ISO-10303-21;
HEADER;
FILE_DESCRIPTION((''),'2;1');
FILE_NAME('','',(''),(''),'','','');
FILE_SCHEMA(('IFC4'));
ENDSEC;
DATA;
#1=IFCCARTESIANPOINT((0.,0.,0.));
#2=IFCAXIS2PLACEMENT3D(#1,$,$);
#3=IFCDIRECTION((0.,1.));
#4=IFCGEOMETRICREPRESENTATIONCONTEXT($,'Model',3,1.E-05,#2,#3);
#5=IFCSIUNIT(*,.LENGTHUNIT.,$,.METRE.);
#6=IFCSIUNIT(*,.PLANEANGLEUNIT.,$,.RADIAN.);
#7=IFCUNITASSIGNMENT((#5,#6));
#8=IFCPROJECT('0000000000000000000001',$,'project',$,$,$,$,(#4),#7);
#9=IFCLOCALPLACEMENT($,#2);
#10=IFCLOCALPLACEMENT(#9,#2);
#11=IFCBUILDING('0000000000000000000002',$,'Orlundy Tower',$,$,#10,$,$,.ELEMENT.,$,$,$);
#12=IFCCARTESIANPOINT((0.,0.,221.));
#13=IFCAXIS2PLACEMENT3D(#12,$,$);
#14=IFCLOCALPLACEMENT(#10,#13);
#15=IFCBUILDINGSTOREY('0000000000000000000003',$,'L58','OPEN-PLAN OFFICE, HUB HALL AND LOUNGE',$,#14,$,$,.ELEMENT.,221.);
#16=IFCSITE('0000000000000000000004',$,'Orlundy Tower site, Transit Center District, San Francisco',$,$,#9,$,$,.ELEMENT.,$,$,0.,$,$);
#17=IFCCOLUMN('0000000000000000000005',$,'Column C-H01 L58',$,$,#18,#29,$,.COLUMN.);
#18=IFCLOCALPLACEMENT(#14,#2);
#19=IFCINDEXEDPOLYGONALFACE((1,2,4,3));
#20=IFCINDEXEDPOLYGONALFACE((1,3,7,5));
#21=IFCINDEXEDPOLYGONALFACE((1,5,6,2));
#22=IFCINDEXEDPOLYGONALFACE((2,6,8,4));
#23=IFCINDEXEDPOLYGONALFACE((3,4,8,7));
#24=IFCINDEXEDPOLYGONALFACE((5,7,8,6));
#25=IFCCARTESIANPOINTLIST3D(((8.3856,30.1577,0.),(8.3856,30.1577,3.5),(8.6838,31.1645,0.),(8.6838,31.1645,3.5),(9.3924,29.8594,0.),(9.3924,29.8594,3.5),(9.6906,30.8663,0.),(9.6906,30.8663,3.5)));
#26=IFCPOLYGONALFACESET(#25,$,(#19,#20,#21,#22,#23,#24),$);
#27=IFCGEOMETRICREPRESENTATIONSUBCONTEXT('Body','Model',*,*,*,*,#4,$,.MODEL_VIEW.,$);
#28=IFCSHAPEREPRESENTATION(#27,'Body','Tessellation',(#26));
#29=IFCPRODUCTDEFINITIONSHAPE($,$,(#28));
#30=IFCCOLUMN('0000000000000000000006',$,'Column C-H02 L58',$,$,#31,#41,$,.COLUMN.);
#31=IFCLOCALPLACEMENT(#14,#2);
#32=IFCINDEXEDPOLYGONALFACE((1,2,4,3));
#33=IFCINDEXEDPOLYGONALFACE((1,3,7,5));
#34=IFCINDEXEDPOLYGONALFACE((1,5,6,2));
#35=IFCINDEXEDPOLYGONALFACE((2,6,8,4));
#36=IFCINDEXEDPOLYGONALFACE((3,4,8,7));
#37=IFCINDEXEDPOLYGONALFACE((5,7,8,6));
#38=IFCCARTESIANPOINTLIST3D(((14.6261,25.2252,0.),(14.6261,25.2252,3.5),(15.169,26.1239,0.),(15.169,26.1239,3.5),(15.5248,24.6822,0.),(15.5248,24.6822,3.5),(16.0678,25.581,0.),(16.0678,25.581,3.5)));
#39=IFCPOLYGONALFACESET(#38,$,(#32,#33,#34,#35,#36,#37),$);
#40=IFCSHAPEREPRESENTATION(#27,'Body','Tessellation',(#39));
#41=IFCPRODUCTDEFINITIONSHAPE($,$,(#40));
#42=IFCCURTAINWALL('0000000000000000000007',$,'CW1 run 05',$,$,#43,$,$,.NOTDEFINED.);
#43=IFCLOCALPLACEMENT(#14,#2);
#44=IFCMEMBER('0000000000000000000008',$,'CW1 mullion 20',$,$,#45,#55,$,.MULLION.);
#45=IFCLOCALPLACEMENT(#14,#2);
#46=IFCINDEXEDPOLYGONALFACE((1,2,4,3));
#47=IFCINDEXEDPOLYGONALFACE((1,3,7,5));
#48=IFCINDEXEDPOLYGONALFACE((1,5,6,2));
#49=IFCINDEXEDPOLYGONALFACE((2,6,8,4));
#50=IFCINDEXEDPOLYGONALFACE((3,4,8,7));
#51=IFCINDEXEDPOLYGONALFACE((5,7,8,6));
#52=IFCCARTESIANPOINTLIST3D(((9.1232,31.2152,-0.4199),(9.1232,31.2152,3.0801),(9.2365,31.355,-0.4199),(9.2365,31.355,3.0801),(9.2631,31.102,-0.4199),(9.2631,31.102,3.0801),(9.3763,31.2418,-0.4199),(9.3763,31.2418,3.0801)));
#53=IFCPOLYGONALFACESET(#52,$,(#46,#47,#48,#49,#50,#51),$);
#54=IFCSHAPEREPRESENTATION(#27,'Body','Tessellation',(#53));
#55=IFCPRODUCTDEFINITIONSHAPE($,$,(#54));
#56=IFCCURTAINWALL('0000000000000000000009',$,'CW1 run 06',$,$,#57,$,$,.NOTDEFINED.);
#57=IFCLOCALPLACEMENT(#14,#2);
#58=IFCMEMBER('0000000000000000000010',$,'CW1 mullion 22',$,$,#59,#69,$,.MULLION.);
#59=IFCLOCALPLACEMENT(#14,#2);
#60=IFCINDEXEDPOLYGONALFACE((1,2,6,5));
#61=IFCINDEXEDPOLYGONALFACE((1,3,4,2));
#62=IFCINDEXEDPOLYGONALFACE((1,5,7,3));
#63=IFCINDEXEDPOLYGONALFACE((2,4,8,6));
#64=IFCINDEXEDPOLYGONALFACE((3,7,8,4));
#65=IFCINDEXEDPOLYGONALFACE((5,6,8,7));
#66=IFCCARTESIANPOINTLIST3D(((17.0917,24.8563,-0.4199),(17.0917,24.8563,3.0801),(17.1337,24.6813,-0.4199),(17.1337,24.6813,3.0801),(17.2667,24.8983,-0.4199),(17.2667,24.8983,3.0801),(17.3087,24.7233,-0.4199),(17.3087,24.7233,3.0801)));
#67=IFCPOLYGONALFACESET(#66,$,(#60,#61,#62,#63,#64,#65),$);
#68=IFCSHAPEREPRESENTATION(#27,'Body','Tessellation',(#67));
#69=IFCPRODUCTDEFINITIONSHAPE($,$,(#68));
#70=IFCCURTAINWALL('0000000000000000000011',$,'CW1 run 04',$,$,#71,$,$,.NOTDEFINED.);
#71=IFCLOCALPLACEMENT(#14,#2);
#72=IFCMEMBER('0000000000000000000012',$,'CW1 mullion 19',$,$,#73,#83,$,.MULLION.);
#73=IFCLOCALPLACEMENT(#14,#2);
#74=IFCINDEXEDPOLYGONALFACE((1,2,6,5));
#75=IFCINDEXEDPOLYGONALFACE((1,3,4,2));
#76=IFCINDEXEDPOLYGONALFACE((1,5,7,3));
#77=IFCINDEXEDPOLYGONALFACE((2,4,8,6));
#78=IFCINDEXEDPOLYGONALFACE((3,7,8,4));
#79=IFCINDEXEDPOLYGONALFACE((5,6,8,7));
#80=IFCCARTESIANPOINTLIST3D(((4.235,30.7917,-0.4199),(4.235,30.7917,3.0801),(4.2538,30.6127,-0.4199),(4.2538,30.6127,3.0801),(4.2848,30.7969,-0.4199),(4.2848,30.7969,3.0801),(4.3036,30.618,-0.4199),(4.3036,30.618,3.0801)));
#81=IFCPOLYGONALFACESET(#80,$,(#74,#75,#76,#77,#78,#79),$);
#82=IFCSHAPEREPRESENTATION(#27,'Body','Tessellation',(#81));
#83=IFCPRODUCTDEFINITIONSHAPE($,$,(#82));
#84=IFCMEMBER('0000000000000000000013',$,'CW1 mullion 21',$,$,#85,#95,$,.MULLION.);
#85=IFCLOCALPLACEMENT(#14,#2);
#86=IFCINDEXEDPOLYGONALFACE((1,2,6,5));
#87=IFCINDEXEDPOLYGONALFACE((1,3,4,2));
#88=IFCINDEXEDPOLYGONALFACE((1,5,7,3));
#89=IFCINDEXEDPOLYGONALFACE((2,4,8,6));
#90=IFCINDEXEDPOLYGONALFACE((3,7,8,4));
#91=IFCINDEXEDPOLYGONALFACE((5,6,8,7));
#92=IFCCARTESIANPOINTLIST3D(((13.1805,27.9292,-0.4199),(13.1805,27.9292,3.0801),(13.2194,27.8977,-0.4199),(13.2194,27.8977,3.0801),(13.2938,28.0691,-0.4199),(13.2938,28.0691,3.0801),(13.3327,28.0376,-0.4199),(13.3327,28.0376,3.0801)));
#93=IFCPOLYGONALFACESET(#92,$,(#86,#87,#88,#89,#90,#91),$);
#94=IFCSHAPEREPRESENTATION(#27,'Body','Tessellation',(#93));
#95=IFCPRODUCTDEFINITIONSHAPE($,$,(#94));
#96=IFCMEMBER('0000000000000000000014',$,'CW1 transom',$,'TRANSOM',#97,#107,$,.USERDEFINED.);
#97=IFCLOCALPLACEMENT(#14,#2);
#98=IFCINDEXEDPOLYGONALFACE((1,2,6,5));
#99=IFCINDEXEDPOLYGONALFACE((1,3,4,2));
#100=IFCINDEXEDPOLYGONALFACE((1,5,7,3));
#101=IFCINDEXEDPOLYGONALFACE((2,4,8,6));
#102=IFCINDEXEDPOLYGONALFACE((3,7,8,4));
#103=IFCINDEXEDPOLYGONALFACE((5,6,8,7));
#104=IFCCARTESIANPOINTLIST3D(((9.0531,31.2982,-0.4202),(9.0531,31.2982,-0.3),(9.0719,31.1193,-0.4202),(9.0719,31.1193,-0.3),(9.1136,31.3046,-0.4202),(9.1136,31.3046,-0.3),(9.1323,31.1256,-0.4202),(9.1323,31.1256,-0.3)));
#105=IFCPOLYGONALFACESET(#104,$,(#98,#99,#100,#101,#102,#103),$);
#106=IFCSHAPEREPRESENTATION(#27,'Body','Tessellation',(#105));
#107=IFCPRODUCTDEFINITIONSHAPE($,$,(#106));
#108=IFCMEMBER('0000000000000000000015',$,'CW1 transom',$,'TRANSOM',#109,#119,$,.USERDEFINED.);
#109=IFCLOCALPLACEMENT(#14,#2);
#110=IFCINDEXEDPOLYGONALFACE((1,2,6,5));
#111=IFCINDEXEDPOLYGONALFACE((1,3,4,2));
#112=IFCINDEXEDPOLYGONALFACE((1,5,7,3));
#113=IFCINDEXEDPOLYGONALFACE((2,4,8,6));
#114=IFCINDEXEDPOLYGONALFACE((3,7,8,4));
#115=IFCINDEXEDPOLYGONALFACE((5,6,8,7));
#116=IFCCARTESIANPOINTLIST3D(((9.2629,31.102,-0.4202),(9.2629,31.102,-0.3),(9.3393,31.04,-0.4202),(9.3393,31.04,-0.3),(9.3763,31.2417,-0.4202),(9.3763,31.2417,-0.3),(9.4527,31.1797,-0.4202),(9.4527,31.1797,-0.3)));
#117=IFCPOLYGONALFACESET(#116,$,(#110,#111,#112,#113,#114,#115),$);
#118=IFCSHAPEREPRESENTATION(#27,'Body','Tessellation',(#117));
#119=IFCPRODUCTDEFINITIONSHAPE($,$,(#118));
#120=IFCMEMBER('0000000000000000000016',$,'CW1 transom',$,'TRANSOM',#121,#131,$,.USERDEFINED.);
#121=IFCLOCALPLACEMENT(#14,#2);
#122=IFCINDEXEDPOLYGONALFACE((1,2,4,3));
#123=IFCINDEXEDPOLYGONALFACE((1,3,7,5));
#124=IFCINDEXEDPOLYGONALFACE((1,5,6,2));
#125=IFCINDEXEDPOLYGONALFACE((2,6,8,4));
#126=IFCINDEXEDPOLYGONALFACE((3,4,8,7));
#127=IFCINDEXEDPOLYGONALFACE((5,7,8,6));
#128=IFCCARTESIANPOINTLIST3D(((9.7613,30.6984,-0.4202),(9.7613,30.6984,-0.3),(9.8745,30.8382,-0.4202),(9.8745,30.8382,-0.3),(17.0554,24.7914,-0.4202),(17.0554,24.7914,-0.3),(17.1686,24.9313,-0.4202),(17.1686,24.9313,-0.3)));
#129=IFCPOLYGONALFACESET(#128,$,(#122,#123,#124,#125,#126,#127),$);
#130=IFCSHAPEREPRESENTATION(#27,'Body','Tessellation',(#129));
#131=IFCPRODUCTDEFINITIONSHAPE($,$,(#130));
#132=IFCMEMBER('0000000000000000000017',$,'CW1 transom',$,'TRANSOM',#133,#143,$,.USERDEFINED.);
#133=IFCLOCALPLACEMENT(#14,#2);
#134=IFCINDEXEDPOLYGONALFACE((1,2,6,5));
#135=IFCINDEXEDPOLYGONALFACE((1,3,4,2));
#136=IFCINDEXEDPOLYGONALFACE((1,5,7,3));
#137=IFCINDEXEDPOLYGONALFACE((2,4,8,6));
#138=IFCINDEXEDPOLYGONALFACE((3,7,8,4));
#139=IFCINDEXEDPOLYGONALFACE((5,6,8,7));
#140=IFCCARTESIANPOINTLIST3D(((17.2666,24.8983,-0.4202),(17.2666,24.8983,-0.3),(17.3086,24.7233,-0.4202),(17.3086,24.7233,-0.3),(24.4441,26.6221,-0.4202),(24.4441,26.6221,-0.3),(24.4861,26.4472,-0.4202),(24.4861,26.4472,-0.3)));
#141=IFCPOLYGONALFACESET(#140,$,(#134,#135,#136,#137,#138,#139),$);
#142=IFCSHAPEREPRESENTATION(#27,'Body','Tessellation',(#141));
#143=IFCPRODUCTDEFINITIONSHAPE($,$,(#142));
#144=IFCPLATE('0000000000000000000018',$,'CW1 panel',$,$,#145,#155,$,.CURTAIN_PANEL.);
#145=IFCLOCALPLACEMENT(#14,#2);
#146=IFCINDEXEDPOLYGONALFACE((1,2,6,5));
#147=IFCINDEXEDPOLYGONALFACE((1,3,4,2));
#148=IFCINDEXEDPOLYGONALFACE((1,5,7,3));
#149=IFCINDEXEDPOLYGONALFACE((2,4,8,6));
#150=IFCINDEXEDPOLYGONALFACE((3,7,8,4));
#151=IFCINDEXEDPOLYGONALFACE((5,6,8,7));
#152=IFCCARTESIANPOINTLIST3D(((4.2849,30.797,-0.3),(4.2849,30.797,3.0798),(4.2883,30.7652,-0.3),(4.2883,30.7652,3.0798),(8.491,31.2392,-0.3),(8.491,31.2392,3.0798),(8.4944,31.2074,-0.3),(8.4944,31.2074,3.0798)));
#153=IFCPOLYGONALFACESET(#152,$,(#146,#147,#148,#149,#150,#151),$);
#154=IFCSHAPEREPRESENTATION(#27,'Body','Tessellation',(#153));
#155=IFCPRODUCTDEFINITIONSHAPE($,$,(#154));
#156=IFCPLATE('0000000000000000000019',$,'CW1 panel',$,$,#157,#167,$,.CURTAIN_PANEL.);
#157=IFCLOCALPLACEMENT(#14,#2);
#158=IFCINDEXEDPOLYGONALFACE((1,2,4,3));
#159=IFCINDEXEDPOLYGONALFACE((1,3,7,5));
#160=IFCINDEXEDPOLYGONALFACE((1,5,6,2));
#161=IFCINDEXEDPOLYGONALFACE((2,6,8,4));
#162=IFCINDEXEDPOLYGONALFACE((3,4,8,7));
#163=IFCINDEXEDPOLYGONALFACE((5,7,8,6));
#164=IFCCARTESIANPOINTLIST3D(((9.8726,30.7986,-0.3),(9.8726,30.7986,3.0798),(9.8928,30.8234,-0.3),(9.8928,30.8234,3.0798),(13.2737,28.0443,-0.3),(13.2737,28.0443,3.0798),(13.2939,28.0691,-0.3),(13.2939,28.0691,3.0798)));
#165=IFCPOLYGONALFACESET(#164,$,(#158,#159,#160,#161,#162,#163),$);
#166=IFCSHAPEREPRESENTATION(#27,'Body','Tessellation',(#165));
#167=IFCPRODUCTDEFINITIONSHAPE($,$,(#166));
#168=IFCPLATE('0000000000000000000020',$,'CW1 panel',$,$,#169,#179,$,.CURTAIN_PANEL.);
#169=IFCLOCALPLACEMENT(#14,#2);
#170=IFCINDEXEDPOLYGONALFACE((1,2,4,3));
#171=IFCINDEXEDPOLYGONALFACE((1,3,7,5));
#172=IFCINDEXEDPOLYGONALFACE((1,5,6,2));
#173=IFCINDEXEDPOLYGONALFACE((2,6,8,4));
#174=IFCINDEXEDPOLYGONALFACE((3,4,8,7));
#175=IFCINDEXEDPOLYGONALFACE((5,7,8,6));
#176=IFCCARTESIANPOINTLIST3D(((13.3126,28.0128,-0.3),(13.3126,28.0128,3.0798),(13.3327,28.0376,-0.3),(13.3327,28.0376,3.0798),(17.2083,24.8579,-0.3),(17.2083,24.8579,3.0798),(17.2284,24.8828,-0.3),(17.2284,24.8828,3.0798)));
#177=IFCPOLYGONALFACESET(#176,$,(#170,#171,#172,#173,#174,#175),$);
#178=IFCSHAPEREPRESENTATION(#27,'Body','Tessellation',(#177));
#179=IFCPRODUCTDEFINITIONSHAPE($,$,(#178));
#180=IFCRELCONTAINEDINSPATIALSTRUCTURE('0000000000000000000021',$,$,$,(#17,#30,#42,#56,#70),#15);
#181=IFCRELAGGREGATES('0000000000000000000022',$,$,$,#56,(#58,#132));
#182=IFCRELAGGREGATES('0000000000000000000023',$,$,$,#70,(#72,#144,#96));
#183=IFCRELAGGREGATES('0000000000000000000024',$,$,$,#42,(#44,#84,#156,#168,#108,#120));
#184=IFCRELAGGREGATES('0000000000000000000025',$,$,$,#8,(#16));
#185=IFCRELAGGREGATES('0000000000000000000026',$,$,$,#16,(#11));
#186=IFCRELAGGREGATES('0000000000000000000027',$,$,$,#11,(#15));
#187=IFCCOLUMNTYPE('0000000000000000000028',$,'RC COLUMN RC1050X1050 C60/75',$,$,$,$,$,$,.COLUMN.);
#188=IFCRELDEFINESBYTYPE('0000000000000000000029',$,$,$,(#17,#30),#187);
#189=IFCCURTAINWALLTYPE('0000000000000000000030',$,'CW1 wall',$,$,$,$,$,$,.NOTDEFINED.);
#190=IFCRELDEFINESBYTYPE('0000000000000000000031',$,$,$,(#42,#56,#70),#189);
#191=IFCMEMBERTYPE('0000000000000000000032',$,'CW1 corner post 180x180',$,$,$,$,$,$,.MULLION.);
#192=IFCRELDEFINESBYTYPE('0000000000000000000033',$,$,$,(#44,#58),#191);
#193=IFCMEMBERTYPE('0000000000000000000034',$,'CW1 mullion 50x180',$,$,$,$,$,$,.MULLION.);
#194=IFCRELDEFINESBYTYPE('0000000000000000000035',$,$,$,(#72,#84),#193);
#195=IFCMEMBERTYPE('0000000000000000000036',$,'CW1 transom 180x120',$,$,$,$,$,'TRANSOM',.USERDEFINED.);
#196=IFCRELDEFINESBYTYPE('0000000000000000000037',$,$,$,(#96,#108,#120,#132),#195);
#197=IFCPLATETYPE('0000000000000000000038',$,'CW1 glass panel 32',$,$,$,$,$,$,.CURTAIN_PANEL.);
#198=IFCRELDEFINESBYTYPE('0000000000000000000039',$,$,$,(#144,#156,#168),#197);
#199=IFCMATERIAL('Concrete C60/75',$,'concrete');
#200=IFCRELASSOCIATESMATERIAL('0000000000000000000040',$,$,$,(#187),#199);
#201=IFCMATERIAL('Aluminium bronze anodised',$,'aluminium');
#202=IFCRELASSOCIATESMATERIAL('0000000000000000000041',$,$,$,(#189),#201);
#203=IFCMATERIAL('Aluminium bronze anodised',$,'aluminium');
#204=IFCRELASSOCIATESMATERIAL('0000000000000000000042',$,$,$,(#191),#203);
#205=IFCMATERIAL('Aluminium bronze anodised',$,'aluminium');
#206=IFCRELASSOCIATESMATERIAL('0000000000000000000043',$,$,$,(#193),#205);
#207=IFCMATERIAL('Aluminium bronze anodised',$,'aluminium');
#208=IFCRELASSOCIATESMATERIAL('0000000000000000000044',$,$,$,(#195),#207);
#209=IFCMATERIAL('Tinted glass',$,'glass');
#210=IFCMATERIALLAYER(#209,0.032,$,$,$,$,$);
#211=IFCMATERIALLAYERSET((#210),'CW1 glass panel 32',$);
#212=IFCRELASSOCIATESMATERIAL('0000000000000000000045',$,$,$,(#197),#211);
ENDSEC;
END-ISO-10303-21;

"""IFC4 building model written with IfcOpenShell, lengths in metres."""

from ifc_helpers import new_model, si_unit, direction, frame, origin, origin_2d, place, context, subcontext, project, spatial, rectangle, extrude, material, layer, layer_set, material_profile, profile_set, type_object, element, aggregate, save


model = new_model("IFC4")

# Units and contexts
model_context = context("Model", 3, precision=1e-05, world=origin(), true_north=direction((0.0, 1.0)))
body_context = subcontext(model_context, "Body", "Model", "MODEL_VIEW")
ifc_project = project(units=[si_unit("LENGTHUNIT", "METRE"), si_unit("PLANEANGLEUNIT", "RADIAN")], contexts=[model_context])

# Site, building, storey
site_placement = place(None, origin())
site = spatial("IfcSite", under=ifc_project, at=site_placement, Name="Orlundy Tower site, Transit Center District, San Francisco", CompositionType="ELEMENT", RefElevation=0.0)
building_placement = place(site_placement, origin())
building = spatial("IfcBuilding", under=site, at=building_placement, Name="Orlundy Tower", CompositionType="ELEMENT")
storey_placement = place(building_placement, frame((0.0, 0.0, 221.0)))
storey = spatial("IfcBuildingStorey", under=building, at=storey_placement, Name="L58", Description="OPEN-PLAN OFFICE, HUB HALL AND LOUNGE", CompositionType="ELEMENT", Elevation=221.0)

# Columns
ifc_material_1 = material(Name="Concrete C60/75", Category="concrete")
ifc_material_profile_1 = material_profile(ifc_material_1, rectangle(XDim=1.05, YDim=1.05, at=origin_2d()), Name="RC1050X1050")
ifc_profile_set_1 = profile_set([ifc_material_profile_1], Name="Concrete C60/75")
column_type = type_object("IfcColumnType", Name="RC COLUMN RC1050X1050 C60/75", PredefinedType="COLUMN", material=ifc_profile_set_1)
for number, where, z_axis, x_axis, name in (
    (1, (9.0381, 30.512, 0.0), (0.0, 0.0, 1.0), (0.284015, 0.95882, 0.0), "Column C-H01 L58"),
    (2, (15.3469, 25.4031, 0.0), (0.0, 0.0, 1.0), (0.517101, 0.855924, 0.0), "Column C-H02 L58"),
):
    element("IfcColumn", number, at=place(storey_placement, frame(where, z_axis=z_axis, x_axis=x_axis)), inside=storey, type_object=column_type, Name=name, PredefinedType="COLUMN", context=body_context, shape_type="SweptSolid", body=[
        extrude(rectangle(XDim=1.05, YDim=1.05, at=origin_2d()), origin(), (0.0, 0.0, 1.0), 3.5),
    ])

# Curtain walls, members
ifc_material_2 = material(Name="Aluminium bronze anodised", Category="aluminium")
curtain_wall_type = type_object("IfcCurtainWallType", Name="CW1 wall", PredefinedType="NOTDEFINED", material=ifc_material_2)
curtain_wall_1_placement = place(storey_placement, origin())
curtain_wall_1 = element("IfcCurtainWall", 3, at=curtain_wall_1_placement, inside=storey, type_object=curtain_wall_type, Name="CW1 run 05", PredefinedType="NOTDEFINED")
ifc_material_3 = material(Name="Aluminium bronze anodised", Category="aluminium")
ifc_material_profile_2 = material_profile(ifc_material_3, rectangle(XDim=0.1799, YDim=0.1799, at=origin_2d()), Name="CW1 corner post 180x180")
ifc_profile_set_2 = profile_set([ifc_material_profile_2], Name="Aluminium bronze anodised")
member_type_1 = type_object("IfcMemberType", Name="CW1 corner post 180x180", PredefinedType="MULLION", material=ifc_profile_set_2)
member_1_placement = place(storey_placement, frame((9.2498, 31.2285, -0.4199), z_axis=(0.0, 0.0, 1.0), x_axis=(0.629342, 0.777129, 0.0)))
member_1 = element("IfcMember", 4, at=member_1_placement, type_object=member_type_1, Name="CW1 mullion 20", PredefinedType="MULLION", context=body_context, shape_type="SweptSolid", body=[
    extrude(rectangle(XDim=0.1799, YDim=0.1799, at=origin_2d()), origin(), (0.0, 0.0, 1.0), 3.5),
])
curtain_wall_2_placement = place(storey_placement, origin())
curtain_wall_2 = element("IfcCurtainWall", 5, at=curtain_wall_2_placement, inside=storey, type_object=curtain_wall_type, Name="CW1 run 06", PredefinedType="NOTDEFINED")
member_2_placement = place(storey_placement, frame((17.2002, 24.7898, -0.4199), z_axis=(0.0, 0.0, 1.0), x_axis=(-0.233529, 0.97235, 0.0)))
member_2 = element("IfcMember", 6, at=member_2_placement, type_object=member_type_1, Name="CW1 mullion 22", PredefinedType="MULLION", context=body_context, shape_type="SweptSolid", body=[
    extrude(rectangle(XDim=0.1799, YDim=0.1799, at=origin_2d()), origin(), (0.0, 0.0, 1.0), 3.5),
])
curtain_wall_3_placement = place(storey_placement, origin())
curtain_wall_3 = element("IfcCurtainWall", 7, at=curtain_wall_3_placement, inside=storey, type_object=curtain_wall_type, Name="CW1 run 04", PredefinedType="NOTDEFINED")
ifc_material_4 = material(Name="Aluminium bronze anodised", Category="aluminium")
ifc_material_profile_3 = material_profile(ifc_material_4, rectangle(XDim=0.1799, YDim=0.05, at=origin_2d()), Name="CW1 mullion 50x180")
ifc_profile_set_3 = profile_set([ifc_material_profile_3], Name="Aluminium bronze anodised")
member_type_2 = type_object("IfcMemberType", Name="CW1 mullion 50x180", PredefinedType="MULLION", material=ifc_profile_set_3)
member_3_placement = place(storey_placement, frame((4.2693, 30.7048, -0.4199), z_axis=(0.0, 0.0, 1.0), x_axis=(-0.104538, 0.994521, 0.0)))
member_3 = element("IfcMember", 8, at=member_3_placement, type_object=member_type_2, Name="CW1 mullion 19", PredefinedType="MULLION", context=body_context, shape_type="SweptSolid", body=[
    extrude(rectangle(XDim=0.1799, YDim=0.05, at=origin_2d()), origin(), (0.0, 0.0, 1.0), 3.5),
])

# Members
member_4_placement = place(storey_placement, frame((13.2566, 27.9834, -0.4199), z_axis=(0.0, 0.0, 1.0), x_axis=(0.629342, 0.777129, 0.0)))
member_4 = element("IfcMember", 9, at=member_4_placement, type_object=member_type_2, Name="CW1 mullion 21", PredefinedType="MULLION", context=body_context, shape_type="SweptSolid", body=[
    extrude(rectangle(XDim=0.1799, YDim=0.05, at=origin_2d()), origin(), (0.0, 0.0, 1.0), 3.5),
])
ifc_material_5 = material(Name="Aluminium bronze anodised", Category="aluminium")
ifc_material_profile_4 = material_profile(ifc_material_5, rectangle(XDim=0.1799, YDim=0.1201, at=origin_2d()), Name="CW1 transom 180x120")
ifc_profile_set_4 = profile_set([ifc_material_profile_4], Name="Aluminium bronze anodised")
member_type_3 = type_object("IfcMemberType", Name="CW1 transom 180x120", ElementType="TRANSOM", PredefinedType="USERDEFINED", material=ifc_profile_set_4)
member_5_placement = place(storey_placement, frame((9.0625, 31.2087, -0.3601), z_axis=(0.994549, 0.104267, 0.0), x_axis=(-0.104267, 0.994549, 0.0)))
member_5 = element("IfcMember", 10, at=member_5_placement, type_object=member_type_3, Name="CW1 transom", ObjectType="TRANSOM", PredefinedType="USERDEFINED", context=body_context, shape_type="SweptSolid", body=[
    extrude(rectangle(XDim=0.1799, YDim=0.1201, at=origin_2d()), origin(), (0.0, 0.0, 1.0), 0.0608),
])
member_6_placement = place(storey_placement, frame((9.3196, 31.1719, -0.3601), z_axis=(0.776493, -0.630126, 0.0), x_axis=(0.630126, 0.776493, 0.0)))
member_6 = element("IfcMember", 11, at=member_6_placement, type_object=member_type_3, Name="CW1 transom", ObjectType="TRANSOM", PredefinedType="USERDEFINED", context=body_context, shape_type="SweptSolid", body=[
    extrude(rectangle(XDim=0.1799, YDim=0.1201, at=origin_2d()), origin(), (0.0, 0.0, 1.0), 0.0984),
])
member_7_placement = place(storey_placement, frame((9.8179, 30.7683, -0.3601), z_axis=(0.777132, -0.629337, 0.0), x_axis=(0.629337, 0.777132, 0.0)))
member_7 = element("IfcMember", 12, at=member_7_placement, type_object=member_type_3, Name="CW1 transom", ObjectType="TRANSOM", PredefinedType="USERDEFINED", context=body_context, shape_type="SweptSolid", body=[
    extrude(rectangle(XDim=0.1799, YDim=0.1201, at=origin_2d()), origin(), (0.0, 0.0, 1.0), 9.386),
])
member_8_placement = place(storey_placement, frame((17.2876, 24.8108, -0.3601), z_axis=(0.972348, 0.233537, 0.0), x_axis=(-0.233537, 0.972348, 0.0)))
member_8 = element("IfcMember", 13, at=member_8_placement, type_object=member_type_3, Name="CW1 transom", ObjectType="TRANSOM", PredefinedType="USERDEFINED", context=body_context, shape_type="SweptSolid", body=[
    extrude(rectangle(XDim=0.1799, YDim=0.1201, at=origin_2d()), origin(), (0.0, 0.0, 1.0), 7.3816),
])
aggregate(curtain_wall_2, [member_2, member_8])

# Plates
ifc_material_6 = material(Name="Tinted glass", Category="glass")
ifc_layer_1 = layer(ifc_material_6, 0.032)
ifc_layer_set_1 = layer_set([ifc_layer_1], Name="CW1 glass panel 32")
plate_type = type_object("IfcPlateType", Name="CW1 glass panel 32", PredefinedType="CURTAIN_PANEL", material=ifc_layer_set_1)
plate_1_placement = place(storey_placement, frame((6.3896, 31.0022, -0.3), z_axis=(0.0, 0.0, 1.0), x_axis=(0.994521, 0.104538, 0.0)))
plate_1 = element("IfcPlate", 14, at=plate_1_placement, type_object=plate_type, Name="CW1 panel", PredefinedType="CURTAIN_PANEL", context=body_context, shape_type="SweptSolid", body=[
    extrude(rectangle(XDim=4.2292, YDim=0.032, at=origin_2d()), origin(), (0.0, 0.0, 1.0), 3.3799),
])
aggregate(curtain_wall_3, [member_3, plate_1, member_5])
plate_2_placement = place(storey_placement, frame((11.5833, 29.4338, -0.3), z_axis=(0.0, 0.0, 1.0), x_axis=(0.777129, -0.629342, 0.0)))
plate_2 = element("IfcPlate", 15, at=plate_2_placement, type_object=plate_type, Name="CW1 panel", PredefinedType="CURTAIN_PANEL", context=body_context, shape_type="SweptSolid", body=[
    extrude(rectangle(XDim=4.3765, YDim=0.032, at=origin_2d()), origin(), (0.0, 0.0, 1.0), 3.3799),
])
plate_3_placement = place(storey_placement, frame((15.2705, 26.4478, -0.3), z_axis=(0.0, 0.0, 1.0), x_axis=(0.777129, -0.629342, 0.0)))
plate_3 = element("IfcPlate", 16, at=plate_3_placement, type_object=plate_type, Name="CW1 panel", PredefinedType="CURTAIN_PANEL", context=body_context, shape_type="SweptSolid", body=[
    extrude(rectangle(XDim=5.0129, YDim=0.032, at=origin_2d()), origin(), (0.0, 0.0, 1.0), 3.3799),
])
aggregate(curtain_wall_1, [member_1, member_4, plate_2, plate_3, member_6, member_7])

save(model, "model.ifc")
